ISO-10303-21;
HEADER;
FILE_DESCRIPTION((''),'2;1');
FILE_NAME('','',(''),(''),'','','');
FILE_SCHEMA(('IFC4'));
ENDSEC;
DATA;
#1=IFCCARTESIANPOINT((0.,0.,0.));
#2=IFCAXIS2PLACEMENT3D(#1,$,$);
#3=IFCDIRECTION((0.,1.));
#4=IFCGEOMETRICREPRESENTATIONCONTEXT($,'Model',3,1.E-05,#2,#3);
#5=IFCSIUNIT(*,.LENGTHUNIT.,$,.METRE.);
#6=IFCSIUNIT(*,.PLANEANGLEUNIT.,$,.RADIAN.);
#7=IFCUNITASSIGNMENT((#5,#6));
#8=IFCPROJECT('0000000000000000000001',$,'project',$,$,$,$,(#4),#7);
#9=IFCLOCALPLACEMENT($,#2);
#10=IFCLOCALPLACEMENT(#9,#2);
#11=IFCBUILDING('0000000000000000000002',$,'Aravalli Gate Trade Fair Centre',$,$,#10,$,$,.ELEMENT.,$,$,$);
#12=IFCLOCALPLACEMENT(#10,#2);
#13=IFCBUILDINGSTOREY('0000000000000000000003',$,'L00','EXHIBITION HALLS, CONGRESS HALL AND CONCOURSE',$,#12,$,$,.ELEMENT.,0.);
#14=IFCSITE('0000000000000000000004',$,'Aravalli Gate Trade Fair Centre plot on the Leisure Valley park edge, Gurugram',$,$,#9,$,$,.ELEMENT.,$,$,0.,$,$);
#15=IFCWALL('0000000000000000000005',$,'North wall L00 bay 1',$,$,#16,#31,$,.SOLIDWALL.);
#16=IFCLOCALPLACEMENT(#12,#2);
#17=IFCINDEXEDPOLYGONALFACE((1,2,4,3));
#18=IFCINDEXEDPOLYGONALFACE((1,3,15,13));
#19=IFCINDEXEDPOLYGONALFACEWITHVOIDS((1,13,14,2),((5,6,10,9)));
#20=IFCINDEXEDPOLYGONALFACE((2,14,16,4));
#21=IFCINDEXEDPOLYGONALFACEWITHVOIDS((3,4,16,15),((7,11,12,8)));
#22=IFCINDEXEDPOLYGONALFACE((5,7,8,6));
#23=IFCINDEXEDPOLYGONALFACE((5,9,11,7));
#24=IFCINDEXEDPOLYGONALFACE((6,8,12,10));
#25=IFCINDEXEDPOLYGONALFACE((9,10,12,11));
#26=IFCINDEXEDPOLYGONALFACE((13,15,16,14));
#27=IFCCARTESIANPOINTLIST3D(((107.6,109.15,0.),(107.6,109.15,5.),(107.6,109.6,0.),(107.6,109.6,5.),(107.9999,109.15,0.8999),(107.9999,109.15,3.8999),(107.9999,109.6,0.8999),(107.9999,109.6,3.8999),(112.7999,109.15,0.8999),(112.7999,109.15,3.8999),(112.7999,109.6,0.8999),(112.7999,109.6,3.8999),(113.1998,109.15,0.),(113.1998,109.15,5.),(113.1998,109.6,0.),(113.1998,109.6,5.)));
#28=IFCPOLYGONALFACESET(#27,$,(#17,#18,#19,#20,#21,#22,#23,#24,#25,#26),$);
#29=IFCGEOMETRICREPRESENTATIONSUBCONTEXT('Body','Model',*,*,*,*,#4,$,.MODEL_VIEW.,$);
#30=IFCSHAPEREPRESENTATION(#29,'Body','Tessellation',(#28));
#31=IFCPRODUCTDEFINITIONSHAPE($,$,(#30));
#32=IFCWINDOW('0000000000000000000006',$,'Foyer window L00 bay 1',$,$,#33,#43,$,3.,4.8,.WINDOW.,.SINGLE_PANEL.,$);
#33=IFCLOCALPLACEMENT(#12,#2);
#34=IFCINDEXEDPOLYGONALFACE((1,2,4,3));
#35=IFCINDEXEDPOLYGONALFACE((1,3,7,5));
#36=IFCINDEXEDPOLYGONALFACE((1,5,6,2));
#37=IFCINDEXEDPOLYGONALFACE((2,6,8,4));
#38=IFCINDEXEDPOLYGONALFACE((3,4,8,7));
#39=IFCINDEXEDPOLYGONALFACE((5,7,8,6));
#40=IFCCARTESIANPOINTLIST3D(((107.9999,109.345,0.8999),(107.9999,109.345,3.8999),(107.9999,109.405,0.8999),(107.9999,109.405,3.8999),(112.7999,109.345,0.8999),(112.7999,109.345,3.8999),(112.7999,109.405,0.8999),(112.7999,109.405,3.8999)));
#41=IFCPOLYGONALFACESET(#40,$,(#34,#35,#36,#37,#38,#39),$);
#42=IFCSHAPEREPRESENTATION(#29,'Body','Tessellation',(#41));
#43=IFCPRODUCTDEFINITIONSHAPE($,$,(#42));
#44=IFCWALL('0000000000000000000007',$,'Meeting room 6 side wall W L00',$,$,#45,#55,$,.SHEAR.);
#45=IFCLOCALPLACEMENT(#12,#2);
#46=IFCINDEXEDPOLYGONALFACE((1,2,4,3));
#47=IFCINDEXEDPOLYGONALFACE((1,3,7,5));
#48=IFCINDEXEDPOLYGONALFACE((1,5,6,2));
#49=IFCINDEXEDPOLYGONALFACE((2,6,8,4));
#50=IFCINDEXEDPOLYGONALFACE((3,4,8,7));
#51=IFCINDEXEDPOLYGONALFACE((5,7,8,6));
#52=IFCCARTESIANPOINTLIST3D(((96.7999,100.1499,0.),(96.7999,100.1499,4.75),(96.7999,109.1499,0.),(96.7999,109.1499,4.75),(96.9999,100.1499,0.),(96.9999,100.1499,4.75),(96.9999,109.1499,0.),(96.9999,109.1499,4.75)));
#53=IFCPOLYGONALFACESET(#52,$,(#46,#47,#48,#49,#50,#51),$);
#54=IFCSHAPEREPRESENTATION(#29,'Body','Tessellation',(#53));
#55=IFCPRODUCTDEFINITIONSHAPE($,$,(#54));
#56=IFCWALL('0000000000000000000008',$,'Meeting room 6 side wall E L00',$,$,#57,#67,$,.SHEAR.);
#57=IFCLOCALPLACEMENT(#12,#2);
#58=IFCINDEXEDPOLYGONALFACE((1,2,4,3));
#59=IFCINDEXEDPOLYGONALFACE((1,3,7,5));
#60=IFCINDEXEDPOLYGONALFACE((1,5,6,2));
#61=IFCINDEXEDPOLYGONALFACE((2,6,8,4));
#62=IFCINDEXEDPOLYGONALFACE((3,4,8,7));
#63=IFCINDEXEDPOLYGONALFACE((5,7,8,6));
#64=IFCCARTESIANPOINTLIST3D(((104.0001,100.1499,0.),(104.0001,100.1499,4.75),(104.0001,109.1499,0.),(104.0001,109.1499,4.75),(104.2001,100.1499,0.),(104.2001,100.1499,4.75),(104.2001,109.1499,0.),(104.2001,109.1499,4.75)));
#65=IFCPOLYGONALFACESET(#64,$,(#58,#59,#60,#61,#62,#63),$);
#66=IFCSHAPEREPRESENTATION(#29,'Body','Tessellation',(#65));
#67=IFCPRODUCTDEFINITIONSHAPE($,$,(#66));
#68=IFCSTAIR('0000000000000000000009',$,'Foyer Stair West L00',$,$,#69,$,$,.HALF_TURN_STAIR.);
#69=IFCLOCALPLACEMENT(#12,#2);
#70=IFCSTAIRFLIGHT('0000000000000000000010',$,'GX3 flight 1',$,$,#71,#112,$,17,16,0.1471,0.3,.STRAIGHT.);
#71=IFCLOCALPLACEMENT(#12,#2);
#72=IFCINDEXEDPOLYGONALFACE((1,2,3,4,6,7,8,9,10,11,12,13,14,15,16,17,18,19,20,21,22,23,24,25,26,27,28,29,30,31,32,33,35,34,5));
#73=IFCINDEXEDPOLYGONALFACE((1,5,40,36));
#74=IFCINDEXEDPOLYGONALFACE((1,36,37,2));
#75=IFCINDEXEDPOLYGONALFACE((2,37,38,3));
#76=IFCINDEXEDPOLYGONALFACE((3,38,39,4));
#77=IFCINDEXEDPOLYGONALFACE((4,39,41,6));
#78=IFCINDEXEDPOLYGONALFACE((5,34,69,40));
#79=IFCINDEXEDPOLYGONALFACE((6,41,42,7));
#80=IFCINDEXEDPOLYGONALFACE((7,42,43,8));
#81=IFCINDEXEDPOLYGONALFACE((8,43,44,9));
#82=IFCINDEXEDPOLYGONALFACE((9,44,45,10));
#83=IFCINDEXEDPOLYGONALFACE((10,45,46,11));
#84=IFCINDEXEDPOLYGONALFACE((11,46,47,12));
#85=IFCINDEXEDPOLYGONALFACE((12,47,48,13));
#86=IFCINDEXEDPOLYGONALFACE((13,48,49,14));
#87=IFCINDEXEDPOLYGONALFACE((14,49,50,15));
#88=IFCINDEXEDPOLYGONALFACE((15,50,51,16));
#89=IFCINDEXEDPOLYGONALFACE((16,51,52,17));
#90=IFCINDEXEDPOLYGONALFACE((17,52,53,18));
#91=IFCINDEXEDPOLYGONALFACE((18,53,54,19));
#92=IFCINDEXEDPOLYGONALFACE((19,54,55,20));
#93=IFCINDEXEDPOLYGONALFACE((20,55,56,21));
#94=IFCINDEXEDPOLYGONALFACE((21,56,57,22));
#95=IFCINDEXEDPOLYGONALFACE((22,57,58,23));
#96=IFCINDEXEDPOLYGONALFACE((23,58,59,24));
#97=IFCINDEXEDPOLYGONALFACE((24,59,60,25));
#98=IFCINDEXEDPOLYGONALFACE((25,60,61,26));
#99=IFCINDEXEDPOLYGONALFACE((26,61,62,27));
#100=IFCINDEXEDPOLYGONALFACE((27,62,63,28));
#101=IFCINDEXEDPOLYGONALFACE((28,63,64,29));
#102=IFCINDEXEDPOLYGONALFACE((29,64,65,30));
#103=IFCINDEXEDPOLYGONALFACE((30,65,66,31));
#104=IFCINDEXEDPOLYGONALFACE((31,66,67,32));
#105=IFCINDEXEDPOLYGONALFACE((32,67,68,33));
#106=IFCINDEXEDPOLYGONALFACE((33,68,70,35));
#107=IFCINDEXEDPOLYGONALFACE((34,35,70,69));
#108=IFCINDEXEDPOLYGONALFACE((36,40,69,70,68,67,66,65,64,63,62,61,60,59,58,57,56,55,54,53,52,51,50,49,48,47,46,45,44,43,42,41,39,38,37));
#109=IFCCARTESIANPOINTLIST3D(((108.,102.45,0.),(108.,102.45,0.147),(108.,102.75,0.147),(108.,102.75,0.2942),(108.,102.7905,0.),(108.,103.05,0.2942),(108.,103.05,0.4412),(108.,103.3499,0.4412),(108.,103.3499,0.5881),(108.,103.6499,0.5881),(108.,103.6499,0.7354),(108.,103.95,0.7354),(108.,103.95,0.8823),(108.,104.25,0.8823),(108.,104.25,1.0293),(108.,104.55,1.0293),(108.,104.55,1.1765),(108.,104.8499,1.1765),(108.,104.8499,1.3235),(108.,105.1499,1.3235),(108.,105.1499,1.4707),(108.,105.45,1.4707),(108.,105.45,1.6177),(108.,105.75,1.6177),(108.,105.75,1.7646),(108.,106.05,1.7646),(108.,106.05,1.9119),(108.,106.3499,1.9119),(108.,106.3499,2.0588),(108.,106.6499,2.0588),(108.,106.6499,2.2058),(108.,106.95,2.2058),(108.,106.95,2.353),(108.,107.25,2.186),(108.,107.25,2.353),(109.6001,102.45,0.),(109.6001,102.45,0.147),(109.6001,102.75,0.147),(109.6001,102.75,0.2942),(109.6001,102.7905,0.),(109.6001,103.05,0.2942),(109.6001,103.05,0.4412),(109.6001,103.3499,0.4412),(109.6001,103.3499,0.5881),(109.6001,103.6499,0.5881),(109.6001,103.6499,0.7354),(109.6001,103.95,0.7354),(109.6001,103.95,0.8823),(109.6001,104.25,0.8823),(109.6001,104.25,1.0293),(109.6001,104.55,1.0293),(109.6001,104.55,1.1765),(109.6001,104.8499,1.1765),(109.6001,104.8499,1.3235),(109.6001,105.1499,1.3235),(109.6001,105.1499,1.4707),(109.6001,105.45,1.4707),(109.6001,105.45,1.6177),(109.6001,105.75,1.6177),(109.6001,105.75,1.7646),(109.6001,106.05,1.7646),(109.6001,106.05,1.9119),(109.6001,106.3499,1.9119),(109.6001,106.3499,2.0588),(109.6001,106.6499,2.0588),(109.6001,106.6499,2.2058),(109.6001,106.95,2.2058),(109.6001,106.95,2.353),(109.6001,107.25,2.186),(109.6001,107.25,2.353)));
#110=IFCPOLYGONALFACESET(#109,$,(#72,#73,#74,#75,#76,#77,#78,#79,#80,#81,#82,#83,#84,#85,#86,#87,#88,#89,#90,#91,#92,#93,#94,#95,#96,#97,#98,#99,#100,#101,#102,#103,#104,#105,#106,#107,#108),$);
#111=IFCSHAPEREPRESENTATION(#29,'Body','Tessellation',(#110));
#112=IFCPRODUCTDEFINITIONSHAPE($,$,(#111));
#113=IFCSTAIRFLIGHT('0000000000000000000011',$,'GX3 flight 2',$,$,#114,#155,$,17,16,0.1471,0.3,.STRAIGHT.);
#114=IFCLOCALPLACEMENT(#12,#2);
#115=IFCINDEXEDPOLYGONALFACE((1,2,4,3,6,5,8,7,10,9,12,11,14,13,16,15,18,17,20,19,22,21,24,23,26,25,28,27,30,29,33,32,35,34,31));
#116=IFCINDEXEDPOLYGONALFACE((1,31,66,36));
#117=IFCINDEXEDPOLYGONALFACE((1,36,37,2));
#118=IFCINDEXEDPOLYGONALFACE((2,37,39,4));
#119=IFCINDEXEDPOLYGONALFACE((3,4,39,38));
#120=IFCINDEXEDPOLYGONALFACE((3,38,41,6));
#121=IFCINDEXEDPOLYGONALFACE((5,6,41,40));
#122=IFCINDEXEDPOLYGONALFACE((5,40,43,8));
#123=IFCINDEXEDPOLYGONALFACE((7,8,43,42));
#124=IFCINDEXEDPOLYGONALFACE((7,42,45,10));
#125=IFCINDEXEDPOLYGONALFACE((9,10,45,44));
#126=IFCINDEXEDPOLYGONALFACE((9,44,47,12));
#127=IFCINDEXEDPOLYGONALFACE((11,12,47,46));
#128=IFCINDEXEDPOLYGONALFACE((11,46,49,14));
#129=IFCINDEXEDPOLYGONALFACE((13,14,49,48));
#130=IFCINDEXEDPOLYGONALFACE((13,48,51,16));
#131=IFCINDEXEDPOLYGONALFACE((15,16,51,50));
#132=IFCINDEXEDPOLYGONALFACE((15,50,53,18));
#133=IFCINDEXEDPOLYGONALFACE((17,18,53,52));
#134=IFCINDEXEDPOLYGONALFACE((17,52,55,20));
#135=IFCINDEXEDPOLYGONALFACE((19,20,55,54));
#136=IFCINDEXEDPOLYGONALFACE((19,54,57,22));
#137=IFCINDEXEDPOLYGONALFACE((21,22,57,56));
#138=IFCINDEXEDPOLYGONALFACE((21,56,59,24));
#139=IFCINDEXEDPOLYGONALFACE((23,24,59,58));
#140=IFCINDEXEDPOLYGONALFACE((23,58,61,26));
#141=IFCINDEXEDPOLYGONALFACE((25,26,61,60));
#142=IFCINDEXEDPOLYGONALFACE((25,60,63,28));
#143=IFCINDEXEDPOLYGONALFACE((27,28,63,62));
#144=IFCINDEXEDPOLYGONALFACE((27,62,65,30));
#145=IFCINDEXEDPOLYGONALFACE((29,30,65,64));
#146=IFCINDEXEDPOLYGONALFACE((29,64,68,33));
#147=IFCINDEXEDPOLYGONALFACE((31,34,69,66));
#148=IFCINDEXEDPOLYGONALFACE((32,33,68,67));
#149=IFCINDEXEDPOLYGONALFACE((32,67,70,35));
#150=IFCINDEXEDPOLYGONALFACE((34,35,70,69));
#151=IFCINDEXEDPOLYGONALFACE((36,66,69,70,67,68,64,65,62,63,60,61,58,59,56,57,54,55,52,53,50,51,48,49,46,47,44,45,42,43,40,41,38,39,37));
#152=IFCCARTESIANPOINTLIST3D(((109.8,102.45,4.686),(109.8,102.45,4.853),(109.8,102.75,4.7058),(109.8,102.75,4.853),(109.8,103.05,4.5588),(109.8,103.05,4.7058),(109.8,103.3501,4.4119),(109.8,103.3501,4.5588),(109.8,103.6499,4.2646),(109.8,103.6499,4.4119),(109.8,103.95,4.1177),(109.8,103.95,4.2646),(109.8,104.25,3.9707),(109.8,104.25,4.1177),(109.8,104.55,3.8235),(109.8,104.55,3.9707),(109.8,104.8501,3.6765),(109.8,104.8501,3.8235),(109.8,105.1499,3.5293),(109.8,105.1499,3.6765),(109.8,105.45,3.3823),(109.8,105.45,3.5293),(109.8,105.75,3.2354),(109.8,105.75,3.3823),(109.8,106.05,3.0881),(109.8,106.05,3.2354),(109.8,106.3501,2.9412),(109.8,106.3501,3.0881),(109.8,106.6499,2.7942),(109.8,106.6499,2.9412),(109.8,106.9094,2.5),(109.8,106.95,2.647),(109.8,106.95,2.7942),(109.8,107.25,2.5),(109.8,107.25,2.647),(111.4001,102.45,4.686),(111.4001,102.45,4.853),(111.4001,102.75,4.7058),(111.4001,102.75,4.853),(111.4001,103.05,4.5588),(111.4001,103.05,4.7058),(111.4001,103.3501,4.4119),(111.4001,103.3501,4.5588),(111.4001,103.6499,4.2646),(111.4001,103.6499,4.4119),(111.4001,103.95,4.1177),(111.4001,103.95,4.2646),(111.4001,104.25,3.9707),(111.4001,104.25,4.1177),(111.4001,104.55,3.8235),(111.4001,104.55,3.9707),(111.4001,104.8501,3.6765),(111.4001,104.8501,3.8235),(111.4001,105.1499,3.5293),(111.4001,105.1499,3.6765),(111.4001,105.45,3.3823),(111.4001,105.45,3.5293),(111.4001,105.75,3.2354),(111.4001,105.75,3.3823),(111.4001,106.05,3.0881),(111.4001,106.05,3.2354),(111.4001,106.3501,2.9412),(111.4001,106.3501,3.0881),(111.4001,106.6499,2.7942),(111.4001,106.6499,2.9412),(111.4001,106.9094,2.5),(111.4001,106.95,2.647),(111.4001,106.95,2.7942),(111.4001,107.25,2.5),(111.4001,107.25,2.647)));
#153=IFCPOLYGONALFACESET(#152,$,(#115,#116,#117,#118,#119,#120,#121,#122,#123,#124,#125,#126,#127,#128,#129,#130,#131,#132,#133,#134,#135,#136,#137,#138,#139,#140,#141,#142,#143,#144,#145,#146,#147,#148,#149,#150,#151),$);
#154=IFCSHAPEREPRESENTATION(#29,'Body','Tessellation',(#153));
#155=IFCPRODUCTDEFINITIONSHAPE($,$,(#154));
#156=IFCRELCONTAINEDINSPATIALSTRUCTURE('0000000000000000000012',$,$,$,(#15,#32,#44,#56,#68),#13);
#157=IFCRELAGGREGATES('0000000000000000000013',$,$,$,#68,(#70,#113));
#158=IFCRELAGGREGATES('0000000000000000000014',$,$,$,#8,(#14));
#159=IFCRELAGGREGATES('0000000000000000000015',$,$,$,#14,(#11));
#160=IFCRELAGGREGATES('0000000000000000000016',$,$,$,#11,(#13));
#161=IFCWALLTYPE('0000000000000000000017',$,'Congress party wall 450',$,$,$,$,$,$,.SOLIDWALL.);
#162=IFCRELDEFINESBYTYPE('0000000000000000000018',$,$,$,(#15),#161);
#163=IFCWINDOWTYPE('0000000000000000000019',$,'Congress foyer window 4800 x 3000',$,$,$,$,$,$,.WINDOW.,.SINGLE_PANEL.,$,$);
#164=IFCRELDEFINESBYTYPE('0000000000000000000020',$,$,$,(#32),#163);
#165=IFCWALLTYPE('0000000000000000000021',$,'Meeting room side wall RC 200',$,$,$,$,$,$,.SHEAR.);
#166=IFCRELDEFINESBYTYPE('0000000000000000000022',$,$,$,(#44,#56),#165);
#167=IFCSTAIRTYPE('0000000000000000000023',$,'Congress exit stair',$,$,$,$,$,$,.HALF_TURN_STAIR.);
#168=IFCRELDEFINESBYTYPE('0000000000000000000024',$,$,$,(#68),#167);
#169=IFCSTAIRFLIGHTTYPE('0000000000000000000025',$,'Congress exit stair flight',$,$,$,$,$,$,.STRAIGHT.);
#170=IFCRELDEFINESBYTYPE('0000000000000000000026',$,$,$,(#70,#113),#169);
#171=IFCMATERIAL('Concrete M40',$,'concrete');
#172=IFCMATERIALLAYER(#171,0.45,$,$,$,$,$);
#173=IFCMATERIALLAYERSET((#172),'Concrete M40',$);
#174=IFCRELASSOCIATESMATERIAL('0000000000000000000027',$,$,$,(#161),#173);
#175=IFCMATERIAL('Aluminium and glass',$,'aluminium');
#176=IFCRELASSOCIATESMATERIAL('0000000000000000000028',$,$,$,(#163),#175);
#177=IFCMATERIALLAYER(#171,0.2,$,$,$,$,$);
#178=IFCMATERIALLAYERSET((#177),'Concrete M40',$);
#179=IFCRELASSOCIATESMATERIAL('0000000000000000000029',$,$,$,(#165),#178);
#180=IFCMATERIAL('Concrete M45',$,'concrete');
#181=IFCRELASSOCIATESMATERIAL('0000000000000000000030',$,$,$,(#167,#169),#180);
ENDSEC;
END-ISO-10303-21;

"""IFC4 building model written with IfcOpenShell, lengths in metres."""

from ifc_helpers import new_model, si_unit, direction, frame, frame_2d, origin, place, context, subcontext, project, spatial, polyline, rectangle, outline, extrude, material, layer, layer_set, type_object, element, fill, aggregate, save


model = new_model("IFC4")

# Units and contexts
model_context = context("Model", 3, precision=1e-05, world=origin(), true_north=direction((0.0, 1.0)))
body_context = subcontext(model_context, "Body", "Model", "MODEL_VIEW")
ifc_project = project(units=[si_unit("LENGTHUNIT", "METRE"), si_unit("PLANEANGLEUNIT", "RADIAN")], contexts=[model_context])

# Site, building, storey
site_placement = place(None, origin())
site = spatial("IfcSite", under=ifc_project, at=site_placement, Name="Aravalli Gate Trade Fair Centre plot on the Leisure Valley park edge, Gurugram", CompositionType="ELEMENT", RefElevation=0.0)
building_placement = place(site_placement, origin())
building = spatial("IfcBuilding", under=site, at=building_placement, Name="Aravalli Gate Trade Fair Centre", CompositionType="ELEMENT")
storey_placement = place(building_placement, origin())
storey = spatial("IfcBuildingStorey", under=building, at=storey_placement, Name="L00", Description="EXHIBITION HALLS, CONGRESS HALL AND CONCOURSE", CompositionType="ELEMENT", Elevation=0.0)

# Shared definitions
ifc_material_1 = material(Name="Concrete M45", Category="concrete")

# Shared definitions
ifc_material_2 = material(Name="Concrete M40", Category="concrete")

# Wall, opening, window
ifc_layer_1 = layer(ifc_material_2, 0.45)
ifc_layer_set_1 = layer_set([ifc_layer_1], Name="Concrete M40")
wall_type_1 = type_object("IfcWallType", Name="Congress party wall 450", PredefinedType="SOLIDWALL", material=ifc_layer_set_1)
wall_1_placement = place(storey_placement, frame((107.6001, 109.375, 0.0), z_axis=(0.0, 0.0, 1.0), x_axis=(1.0, 0.0, 0.0)))
wall_1 = element("IfcWall", 1, at=wall_1_placement, inside=storey, type_object=wall_type_1, Name="North wall L00 bay 1", PredefinedType="SOLIDWALL", context=body_context, shape_type="SweptSolid", body=[
    extrude(rectangle(XDim=5.5999, YDim=0.45, at=frame_2d((2.7998, 0.0))), origin(), (0.0, 0.0, 1.0), 5.0),
])
opening_1_placement = place(wall_1_placement, frame((0.3999, 0.0, 0.8999)))
opening_1 = element("IfcOpeningElement", 2, at=opening_1_placement, cuts=wall_1, PredefinedType="OPENING", context=body_context, shape_type="SweptSolid", body=[
    extrude(rectangle(XDim=4.8, YDim=3.0, at=frame_2d((2.3999, 1.5))), frame((0.0, 0.2349, 0.0), z_axis=(0.0, -1.0, 0.0), x_axis=(1.0, 0.0, 0.0)), (0.0, 0.0, 1.0), 0.47),
])
ifc_material_3 = material(Name="Aluminium and glass", Category="aluminium")
window_type = type_object("IfcWindowType", Name="Congress foyer window 4800 x 3000", PartitioningType="SINGLE_PANEL", PredefinedType="WINDOW", material=ifc_material_3)
window_placement = place(opening_1_placement, origin())
window = element("IfcWindow", 3, at=window_placement, inside=storey, type_object=window_type, Name="Foyer window L00 bay 1", OverallHeight=3.0, OverallWidth=4.8, PartitioningType="SINGLE_PANEL", PredefinedType="WINDOW", context=body_context, shape_type="SweptSolid", body=[
    extrude(rectangle(XDim=4.8, YDim=3.0, at=frame_2d((2.3999, 1.5))), frame((0.0, 0.03, 0.0), z_axis=(0.0, -1.0, 0.0), x_axis=(1.0, 0.0, 0.0)), (0.0, 0.0, 1.0), 0.0601),
])
fill(opening_1, window)

# Walls
ifc_layer_2 = layer(ifc_material_2, 0.2)
ifc_layer_set_2 = layer_set([ifc_layer_2], Name="Concrete M40")
wall_type_2 = type_object("IfcWallType", Name="Meeting room side wall RC 200", PredefinedType="SHEAR", material=ifc_layer_set_2)
for number, where, z_axis, x_axis, name in (
    (4, (96.8999, 100.1499, 0.0), (0.0, 0.0, 1.0), (0.0, 1.0, 0.0), "Meeting room 6 side wall W L00"),
    (5, (104.1001, 100.1499, 0.0), (0.0, 0.0, 1.0), (0.0, 1.0, 0.0), "Meeting room 6 side wall E L00"),
):
    element("IfcWall", number, at=place(storey_placement, frame(where, z_axis=z_axis, x_axis=x_axis)), inside=storey, type_object=wall_type_2, Name=name, PredefinedType="SHEAR", context=body_context, shape_type="SweptSolid", body=[
        extrude(rectangle(XDim=9.0, YDim=0.2, at=frame_2d((4.5, 0.0))), origin(), (0.0, 0.0, 1.0), 4.75),
    ])

# Stair, stair flights
stair_type = type_object("IfcStairType", Name="Congress exit stair", PredefinedType="HALF_TURN_STAIR", material=ifc_material_1)
stair_placement = place(storey_placement, origin())
stair = element("IfcStair", 6, at=stair_placement, inside=storey, type_object=stair_type, Name="Foyer Stair West L00", PredefinedType="HALF_TURN_STAIR")
stair_flight_type = type_object("IfcStairFlightType", Name="Congress exit stair flight", PredefinedType="STRAIGHT", material=ifc_material_1)
stair_flight_1_placement = place(storey_placement, frame((108.8, 102.45, 0.0), z_axis=(0.0, 0.0, 1.0), x_axis=(0.0, 1.0, 0.0)))
stair_flight_1 = element("IfcStairFlight", 7, at=stair_flight_1_placement, type_object=stair_flight_type, Name="GX3 flight 1", NumberOfRisers=17, NumberOfTreads=16, PredefinedType="STRAIGHT", RiserHeight=0.1471, TreadLength=0.3, context=body_context, shape_type="SweptSolid", body=[
    extrude(outline(polyline([(0.0, 0.0), (0.0, 0.147), (0.3, 0.147), (0.3, 0.2942), (0.6001, 0.2942), (0.6001, 0.4412), (0.8999, 0.4412), (0.8999, 0.5881), (1.2, 0.5881), (1.2, 0.7354), (1.5, 0.7354), (1.5, 0.8823), (1.8, 0.8823), (1.8, 1.0293), (2.1001, 1.0293), (2.1001, 1.1765), (2.3999, 1.1765), (2.3999, 1.3235), (2.7, 1.3235), (2.7, 1.4707), (3.0, 1.4707), (3.0, 1.6177), (3.3, 1.6177), (3.3, 1.7646), (3.6001, 1.7646), (3.6001, 1.9119), (3.8999, 1.9119), (3.8999, 2.0588), (4.2, 2.0588), (4.2, 2.2058), (4.5, 2.2058), (4.5, 2.353), (4.8, 2.353), (4.8, 2.5), (4.8, 2.186), (0.3406, 0.0), (0.0, 0.0)])), frame((0.0, 0.8, 0.0), z_axis=(0.0, -1.0, 0.0), x_axis=(1.0, 0.0, 0.0)), (0.0, 0.0, 1.0), 1.6001),
])
stair_flight_2_placement = place(storey_placement, frame((110.6001, 107.25, 2.5), z_axis=(0.0, 0.0, 1.0), x_axis=(0.0, -1.0, 0.0)))
stair_flight_2 = element("IfcStairFlight", 8, at=stair_flight_2_placement, type_object=stair_flight_type, Name="GX3 flight 2", NumberOfRisers=17, NumberOfTreads=16, PredefinedType="STRAIGHT", RiserHeight=0.1471, TreadLength=0.3, context=body_context, shape_type="SweptSolid", body=[
    extrude(outline(polyline([(0.0, 0.0), (0.0, 0.147), (0.3, 0.147), (0.3, 0.2942), (0.6001, 0.2942), (0.6001, 0.4412), (0.8999, 0.4412), (0.8999, 0.5881), (1.2, 0.5881), (1.2, 0.7354), (1.5, 0.7354), (1.5, 0.8823), (1.8, 0.8823), (1.8, 1.0293), (2.1001, 1.0293), (2.1001, 1.1765), (2.3999, 1.1765), (2.3999, 1.3235), (2.7, 1.3235), (2.7, 1.4707), (3.0, 1.4707), (3.0, 1.6177), (3.3, 1.6177), (3.3, 1.7646), (3.6001, 1.7646), (3.6001, 1.9119), (3.8999, 1.9119), (3.8999, 2.0588), (4.2, 2.0588), (4.2, 2.2058), (4.5, 2.2058), (4.5, 2.353), (4.8, 2.353), (4.8, 2.5), (4.8, 2.186), (0.3406, 0.0), (0.0, 0.0)])), frame((0.0, 0.8, 0.0), z_axis=(0.0, -1.0, 0.0), x_axis=(1.0, 0.0, 0.0)), (0.0, 0.0, 1.0), 1.6001),
])
aggregate(stair, [stair_flight_1, stair_flight_2])

save(model, "model.ifc")
